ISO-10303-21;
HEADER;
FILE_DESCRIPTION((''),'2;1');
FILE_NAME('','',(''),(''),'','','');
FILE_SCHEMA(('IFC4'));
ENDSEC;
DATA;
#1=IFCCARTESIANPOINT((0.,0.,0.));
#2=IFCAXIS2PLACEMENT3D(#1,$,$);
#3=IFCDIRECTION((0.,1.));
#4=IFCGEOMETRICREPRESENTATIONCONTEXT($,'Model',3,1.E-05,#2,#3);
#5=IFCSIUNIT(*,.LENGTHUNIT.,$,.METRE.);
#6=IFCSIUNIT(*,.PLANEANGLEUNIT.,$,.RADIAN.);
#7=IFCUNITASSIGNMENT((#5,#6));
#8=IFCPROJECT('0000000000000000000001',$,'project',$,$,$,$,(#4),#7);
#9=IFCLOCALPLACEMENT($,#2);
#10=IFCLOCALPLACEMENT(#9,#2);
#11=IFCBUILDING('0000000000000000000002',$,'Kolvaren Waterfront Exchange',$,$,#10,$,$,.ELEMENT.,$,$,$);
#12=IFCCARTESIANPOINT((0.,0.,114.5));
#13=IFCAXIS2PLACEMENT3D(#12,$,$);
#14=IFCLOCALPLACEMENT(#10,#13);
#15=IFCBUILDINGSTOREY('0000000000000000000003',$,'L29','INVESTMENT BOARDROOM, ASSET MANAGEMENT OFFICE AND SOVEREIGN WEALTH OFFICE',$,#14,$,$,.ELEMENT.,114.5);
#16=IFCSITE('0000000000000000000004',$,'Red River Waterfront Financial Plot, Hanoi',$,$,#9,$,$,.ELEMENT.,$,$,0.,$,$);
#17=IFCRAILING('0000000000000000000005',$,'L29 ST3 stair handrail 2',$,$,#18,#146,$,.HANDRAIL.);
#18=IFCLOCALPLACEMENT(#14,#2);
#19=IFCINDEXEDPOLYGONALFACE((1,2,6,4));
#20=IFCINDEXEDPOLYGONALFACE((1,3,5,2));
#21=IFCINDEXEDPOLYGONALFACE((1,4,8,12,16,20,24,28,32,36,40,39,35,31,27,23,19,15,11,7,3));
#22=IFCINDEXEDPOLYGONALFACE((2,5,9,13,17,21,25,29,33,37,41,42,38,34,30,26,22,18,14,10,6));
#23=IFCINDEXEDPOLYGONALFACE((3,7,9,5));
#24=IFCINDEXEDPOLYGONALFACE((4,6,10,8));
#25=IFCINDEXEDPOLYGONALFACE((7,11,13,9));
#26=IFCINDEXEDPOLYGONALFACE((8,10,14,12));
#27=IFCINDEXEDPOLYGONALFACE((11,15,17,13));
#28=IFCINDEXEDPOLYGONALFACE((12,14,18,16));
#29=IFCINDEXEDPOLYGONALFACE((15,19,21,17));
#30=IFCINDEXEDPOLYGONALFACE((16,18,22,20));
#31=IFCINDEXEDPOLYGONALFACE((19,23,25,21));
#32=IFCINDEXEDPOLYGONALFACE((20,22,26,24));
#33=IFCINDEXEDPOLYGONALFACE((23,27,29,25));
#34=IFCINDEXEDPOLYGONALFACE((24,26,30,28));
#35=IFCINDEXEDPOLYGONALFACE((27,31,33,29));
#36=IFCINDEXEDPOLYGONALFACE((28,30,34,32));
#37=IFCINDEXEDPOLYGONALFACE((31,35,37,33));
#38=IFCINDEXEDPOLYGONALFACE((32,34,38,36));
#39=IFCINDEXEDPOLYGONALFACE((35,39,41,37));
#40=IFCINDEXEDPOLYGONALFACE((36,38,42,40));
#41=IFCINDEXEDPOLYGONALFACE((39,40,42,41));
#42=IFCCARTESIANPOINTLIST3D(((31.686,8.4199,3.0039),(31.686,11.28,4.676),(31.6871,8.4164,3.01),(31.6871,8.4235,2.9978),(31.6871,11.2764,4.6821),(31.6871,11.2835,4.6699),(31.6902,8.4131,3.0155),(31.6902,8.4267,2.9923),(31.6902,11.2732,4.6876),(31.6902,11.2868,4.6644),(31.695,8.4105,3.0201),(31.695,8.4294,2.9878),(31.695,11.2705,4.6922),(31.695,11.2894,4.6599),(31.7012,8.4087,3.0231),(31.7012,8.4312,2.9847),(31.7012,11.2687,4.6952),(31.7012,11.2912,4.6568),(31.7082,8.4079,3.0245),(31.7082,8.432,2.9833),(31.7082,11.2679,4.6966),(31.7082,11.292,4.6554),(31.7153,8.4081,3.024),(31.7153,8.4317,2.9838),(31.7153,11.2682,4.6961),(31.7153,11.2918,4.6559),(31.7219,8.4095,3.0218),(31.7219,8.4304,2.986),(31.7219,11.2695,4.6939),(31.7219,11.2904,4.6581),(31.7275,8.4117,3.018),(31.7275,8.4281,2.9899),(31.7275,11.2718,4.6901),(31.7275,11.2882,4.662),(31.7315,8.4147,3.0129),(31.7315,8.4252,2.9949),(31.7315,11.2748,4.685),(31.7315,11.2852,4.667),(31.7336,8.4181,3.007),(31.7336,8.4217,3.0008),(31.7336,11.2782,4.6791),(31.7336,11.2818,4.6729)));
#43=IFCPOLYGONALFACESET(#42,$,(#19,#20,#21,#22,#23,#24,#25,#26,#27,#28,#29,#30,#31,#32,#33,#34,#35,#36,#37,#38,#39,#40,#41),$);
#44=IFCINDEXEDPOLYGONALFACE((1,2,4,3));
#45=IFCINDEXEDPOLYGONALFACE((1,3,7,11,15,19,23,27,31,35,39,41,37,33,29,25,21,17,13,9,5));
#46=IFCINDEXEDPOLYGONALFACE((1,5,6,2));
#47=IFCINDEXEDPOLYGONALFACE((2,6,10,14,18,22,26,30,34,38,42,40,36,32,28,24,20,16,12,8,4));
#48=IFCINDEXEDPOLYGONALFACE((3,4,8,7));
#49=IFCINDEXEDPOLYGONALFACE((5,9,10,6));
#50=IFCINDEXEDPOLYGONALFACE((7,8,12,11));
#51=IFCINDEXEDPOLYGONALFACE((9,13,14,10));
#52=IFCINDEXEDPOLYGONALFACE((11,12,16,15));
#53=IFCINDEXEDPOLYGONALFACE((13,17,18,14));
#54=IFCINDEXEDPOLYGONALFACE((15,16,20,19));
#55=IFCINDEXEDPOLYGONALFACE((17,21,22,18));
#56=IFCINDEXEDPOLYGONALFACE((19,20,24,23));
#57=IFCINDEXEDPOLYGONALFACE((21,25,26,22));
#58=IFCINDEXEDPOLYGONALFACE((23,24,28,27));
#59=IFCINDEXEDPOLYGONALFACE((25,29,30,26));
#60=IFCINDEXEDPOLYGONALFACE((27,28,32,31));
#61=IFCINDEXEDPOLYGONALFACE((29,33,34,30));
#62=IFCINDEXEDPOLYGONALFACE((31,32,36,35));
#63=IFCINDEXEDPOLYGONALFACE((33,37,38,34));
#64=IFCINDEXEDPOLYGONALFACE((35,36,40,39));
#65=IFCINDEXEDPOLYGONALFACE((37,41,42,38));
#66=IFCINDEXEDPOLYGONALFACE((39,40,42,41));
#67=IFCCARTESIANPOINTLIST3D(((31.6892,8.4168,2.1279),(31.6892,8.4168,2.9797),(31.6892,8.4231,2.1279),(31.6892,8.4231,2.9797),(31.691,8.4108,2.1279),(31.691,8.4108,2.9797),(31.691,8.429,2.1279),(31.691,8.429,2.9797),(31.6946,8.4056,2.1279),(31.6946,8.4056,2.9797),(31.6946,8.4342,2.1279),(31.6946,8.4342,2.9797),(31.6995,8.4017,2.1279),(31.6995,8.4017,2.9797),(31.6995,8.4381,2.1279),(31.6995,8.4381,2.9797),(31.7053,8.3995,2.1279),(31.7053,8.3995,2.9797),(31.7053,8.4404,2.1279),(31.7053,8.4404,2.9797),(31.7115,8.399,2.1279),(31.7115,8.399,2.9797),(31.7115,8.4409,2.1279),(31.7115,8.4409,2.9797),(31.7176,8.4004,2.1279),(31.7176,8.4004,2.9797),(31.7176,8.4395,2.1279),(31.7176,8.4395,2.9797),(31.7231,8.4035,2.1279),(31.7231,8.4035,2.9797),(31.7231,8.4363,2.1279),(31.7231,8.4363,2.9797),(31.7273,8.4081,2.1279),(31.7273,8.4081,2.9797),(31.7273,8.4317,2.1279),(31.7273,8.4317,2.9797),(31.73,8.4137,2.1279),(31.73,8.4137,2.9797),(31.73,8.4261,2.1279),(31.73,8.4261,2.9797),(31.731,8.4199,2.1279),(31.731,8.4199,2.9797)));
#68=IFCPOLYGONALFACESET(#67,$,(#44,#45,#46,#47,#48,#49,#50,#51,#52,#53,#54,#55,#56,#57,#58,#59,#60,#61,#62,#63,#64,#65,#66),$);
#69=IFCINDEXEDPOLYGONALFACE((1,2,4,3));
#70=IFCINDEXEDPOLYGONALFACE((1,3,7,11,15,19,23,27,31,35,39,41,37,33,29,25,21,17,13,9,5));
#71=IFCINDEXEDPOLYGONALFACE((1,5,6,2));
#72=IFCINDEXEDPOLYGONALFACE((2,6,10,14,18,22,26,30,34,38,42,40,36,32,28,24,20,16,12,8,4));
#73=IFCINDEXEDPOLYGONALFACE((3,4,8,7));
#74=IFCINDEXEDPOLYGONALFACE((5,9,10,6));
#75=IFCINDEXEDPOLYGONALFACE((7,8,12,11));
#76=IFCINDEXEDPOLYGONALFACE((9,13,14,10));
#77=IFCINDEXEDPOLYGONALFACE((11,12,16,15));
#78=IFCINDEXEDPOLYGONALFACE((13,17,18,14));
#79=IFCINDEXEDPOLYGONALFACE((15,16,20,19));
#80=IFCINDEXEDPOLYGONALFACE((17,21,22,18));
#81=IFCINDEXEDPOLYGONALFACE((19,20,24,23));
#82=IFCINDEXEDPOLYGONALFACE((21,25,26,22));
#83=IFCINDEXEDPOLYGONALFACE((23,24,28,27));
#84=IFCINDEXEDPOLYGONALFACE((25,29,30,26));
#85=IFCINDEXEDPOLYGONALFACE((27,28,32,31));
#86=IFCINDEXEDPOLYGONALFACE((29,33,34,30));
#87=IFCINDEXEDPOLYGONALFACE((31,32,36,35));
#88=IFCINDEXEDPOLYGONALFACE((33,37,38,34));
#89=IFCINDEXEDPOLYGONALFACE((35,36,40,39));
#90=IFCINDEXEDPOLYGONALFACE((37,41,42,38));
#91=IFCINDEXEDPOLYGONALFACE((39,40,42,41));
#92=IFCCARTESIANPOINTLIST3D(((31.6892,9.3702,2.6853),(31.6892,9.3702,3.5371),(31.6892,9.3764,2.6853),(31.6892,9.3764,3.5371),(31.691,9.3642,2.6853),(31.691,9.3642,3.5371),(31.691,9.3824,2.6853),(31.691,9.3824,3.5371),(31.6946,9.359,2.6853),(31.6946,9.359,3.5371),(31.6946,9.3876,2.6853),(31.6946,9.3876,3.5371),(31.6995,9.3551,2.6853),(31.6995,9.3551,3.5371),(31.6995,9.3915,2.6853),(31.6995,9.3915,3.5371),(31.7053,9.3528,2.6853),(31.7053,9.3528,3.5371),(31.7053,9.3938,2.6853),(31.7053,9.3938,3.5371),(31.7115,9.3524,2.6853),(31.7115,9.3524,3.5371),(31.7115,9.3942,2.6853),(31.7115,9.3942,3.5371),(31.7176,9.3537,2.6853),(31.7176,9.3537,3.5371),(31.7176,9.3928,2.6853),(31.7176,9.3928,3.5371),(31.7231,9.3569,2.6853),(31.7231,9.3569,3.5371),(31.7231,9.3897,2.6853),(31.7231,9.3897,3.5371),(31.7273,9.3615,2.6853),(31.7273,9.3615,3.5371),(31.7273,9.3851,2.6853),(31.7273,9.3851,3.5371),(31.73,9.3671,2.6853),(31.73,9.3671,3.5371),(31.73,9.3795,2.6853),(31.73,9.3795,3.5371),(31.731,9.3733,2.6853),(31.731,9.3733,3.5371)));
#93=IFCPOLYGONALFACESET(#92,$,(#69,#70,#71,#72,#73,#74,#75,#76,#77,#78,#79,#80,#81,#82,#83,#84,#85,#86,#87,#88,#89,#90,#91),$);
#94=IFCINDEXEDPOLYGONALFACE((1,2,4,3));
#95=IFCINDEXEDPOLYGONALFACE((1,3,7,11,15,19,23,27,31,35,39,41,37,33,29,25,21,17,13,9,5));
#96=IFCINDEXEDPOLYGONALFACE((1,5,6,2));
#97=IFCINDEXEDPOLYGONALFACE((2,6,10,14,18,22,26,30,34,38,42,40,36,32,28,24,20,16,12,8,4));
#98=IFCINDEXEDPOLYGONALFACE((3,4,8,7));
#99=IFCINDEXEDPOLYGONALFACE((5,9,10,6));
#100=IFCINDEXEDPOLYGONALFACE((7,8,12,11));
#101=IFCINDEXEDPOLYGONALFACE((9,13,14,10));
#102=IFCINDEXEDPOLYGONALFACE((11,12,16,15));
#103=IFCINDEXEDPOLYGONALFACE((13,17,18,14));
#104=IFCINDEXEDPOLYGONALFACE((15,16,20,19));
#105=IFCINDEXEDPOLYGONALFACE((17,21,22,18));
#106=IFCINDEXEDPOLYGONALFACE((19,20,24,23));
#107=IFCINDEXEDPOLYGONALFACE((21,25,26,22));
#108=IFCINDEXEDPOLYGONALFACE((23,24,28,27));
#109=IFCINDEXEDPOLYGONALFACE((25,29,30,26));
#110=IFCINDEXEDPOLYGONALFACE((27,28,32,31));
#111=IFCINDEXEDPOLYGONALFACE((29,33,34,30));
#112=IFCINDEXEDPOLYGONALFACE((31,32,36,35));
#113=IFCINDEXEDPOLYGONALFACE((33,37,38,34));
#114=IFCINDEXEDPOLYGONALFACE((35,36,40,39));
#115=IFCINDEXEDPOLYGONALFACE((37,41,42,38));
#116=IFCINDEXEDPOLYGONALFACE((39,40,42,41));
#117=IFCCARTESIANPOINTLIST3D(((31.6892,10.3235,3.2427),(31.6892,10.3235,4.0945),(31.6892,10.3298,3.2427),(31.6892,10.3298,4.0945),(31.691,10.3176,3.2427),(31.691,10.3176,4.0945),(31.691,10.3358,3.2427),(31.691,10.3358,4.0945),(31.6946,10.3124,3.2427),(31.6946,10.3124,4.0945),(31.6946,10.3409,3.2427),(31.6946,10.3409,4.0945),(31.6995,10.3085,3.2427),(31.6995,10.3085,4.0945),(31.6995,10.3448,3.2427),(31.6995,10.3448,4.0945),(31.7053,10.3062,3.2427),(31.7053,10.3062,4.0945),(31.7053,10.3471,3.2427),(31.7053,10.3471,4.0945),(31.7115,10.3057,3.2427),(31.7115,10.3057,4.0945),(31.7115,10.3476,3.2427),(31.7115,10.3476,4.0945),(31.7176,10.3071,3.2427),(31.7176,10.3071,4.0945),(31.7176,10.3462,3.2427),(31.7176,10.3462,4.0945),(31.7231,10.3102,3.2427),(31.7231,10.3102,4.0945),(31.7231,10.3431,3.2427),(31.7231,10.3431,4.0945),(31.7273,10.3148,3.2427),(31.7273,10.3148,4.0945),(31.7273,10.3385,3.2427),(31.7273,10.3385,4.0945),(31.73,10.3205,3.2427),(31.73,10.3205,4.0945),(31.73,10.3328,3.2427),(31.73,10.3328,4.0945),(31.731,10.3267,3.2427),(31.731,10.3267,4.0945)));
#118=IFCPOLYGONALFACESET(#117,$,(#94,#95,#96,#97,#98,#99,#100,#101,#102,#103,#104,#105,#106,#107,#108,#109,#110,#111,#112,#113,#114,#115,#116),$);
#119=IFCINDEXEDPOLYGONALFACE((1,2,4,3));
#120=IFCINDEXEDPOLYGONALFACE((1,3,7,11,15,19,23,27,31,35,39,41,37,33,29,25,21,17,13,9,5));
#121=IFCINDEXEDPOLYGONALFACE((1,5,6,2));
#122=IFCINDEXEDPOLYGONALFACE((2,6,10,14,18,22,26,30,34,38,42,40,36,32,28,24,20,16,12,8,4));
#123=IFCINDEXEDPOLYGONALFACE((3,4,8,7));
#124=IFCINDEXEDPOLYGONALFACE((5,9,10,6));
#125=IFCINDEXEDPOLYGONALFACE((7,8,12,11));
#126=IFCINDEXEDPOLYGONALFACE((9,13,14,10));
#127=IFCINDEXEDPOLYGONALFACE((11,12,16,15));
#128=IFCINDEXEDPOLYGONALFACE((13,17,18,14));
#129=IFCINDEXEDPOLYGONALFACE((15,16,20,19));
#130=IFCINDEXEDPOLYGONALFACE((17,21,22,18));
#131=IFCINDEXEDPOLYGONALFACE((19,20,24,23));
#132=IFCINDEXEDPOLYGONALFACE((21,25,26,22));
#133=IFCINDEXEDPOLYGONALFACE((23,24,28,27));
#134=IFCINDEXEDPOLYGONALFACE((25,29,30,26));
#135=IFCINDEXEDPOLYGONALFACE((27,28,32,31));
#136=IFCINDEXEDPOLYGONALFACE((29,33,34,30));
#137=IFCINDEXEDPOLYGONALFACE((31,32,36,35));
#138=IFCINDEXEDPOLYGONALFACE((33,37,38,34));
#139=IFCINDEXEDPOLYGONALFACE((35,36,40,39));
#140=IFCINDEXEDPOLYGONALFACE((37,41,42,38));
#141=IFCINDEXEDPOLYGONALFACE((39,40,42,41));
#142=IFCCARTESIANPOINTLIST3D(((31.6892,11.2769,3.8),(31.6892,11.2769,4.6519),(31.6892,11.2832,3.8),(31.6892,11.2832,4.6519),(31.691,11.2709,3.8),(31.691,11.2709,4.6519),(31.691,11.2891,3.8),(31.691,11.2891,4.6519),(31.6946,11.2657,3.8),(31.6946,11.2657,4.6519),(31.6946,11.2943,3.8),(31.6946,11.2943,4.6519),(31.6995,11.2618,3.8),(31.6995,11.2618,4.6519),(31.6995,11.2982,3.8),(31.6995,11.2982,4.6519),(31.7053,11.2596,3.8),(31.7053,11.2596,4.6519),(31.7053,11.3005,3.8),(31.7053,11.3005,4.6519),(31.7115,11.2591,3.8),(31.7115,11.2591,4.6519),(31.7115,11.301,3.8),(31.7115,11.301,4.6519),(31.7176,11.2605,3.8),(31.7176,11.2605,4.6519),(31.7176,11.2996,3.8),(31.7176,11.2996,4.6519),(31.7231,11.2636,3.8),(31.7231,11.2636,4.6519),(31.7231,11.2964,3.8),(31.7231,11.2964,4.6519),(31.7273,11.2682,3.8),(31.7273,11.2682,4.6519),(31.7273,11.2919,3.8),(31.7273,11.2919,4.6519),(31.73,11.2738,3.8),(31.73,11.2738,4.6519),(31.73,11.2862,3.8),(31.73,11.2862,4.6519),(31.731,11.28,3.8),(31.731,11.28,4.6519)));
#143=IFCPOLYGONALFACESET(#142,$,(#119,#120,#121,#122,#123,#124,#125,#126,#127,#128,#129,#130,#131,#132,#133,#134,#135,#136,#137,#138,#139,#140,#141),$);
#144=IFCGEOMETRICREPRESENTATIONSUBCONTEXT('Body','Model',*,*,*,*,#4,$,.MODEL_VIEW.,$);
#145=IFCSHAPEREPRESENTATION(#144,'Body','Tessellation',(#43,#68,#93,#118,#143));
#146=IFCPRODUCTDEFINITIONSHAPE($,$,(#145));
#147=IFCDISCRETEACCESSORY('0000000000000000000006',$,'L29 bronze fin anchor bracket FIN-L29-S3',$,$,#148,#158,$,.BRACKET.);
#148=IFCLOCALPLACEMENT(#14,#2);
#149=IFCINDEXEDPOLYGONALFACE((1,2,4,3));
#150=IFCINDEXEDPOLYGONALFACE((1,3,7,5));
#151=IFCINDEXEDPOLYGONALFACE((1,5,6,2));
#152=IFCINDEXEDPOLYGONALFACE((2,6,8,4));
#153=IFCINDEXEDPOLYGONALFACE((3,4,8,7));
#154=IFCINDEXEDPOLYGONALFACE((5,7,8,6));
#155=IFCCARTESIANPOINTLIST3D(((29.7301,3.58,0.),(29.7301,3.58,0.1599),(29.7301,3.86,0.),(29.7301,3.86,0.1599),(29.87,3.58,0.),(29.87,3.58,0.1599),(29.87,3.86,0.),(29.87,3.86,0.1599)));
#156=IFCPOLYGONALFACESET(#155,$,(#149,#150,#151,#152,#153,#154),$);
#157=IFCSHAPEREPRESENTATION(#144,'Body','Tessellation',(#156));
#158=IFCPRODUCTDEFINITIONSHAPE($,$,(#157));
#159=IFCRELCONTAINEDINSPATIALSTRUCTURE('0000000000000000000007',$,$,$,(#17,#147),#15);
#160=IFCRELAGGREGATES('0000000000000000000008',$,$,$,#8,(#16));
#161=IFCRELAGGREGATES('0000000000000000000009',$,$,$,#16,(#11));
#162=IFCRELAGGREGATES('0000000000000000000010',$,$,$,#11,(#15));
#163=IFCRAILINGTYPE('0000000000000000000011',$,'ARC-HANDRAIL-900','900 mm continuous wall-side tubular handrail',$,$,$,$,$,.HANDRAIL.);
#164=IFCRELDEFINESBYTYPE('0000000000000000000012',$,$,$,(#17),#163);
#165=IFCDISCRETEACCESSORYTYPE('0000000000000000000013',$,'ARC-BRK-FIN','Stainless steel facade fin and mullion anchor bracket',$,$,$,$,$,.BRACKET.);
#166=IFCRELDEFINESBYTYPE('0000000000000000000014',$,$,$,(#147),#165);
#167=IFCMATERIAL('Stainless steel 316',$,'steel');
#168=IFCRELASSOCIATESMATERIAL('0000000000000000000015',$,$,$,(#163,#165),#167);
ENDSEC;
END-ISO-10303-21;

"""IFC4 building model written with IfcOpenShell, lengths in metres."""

from ifc_helpers import new_model, si_unit, direction, frame, origin, origin_with_axes, origin_2d, place, context, subcontext, project, spatial, rectangle, circle, extrude, source, transform, mapped, material, type_object, element, save


model = new_model("IFC4")

# Units and contexts
model_context = context("Model", 3, precision=1e-05, world=origin(), true_north=direction((0.0, 1.0)))
body_context = subcontext(model_context, "Body", "Model", "MODEL_VIEW")
ifc_project = project(units=[si_unit("LENGTHUNIT", "METRE"), si_unit("PLANEANGLEUNIT", "RADIAN")], contexts=[model_context])

# Site, building, storey
site_placement = place(None, origin())
site = spatial("IfcSite", under=ifc_project, at=site_placement, Name="Red River Waterfront Financial Plot, Hanoi", CompositionType="ELEMENT", RefElevation=0.0)
building_placement = place(site_placement, origin())
building = spatial("IfcBuilding", under=site, at=building_placement, Name="Kolvaren Waterfront Exchange", CompositionType="ELEMENT")
storey_placement = place(building_placement, frame((0.0, 0.0, 114.5)))
storey = spatial("IfcBuildingStorey", under=building, at=storey_placement, Name="L29", Description="INVESTMENT BOARDROOM, ASSET MANAGEMENT OFFICE AND SOVEREIGN WEALTH OFFICE", CompositionType="ELEMENT", Elevation=114.5)

# Railing
ifc_material_1 = material(Name="Stainless steel 316", Category="steel")
railing_type_1 = type_object("IfcRailingType", Name="ARC-HANDRAIL-900", Description="900 mm continuous wall-side tubular handrail", PredefinedType="HANDRAIL", material=ifc_material_1)
railing_1_placement = place(storey_placement, frame((31.71, 8.4199, 2.1279)))
element("IfcRailing", 1, at=railing_1_placement, inside=storey, type_object=railing_type_1, Name="L29 ST3 stair handrail 2", PredefinedType="HANDRAIL", context=body_context, shape_type="SweptSolid", body=[
    extrude(circle(Radius=0.0239, at=origin_2d()), frame((0.0, 0.0, 0.876), z_axis=(0.0, 0.863289, 0.504709), x_axis=(-1.0, 0.0, 0.0)), (0.0, 0.0, 1.0), 3.313),
    extrude(circle(Radius=0.021, at=origin_2d()), origin(), (0.0, 0.0, 1.0), 0.8518),
    extrude(circle(Radius=0.021, at=origin_2d()), frame((0.0, 0.9534, 0.5574)), (0.0, 0.0, 1.0), 0.8518),
    extrude(circle(Radius=0.021, at=origin_2d()), frame((0.0, 1.9067, 1.1147)), (0.0, 0.0, 1.0), 0.8518),
    extrude(circle(Radius=0.021, at=origin_2d()), frame((0.0, 2.8601, 1.6721)), (0.0, 0.0, 1.0), 0.8518),
])

# Discrete accessory
discrete_accessory_type = type_object("IfcDiscreteAccessoryType", Name="ARC-BRK-FIN", Description="Stainless steel facade fin and mullion anchor bracket", PredefinedType="BRACKET", material=ifc_material_1)
shared_shape_1 = source(origin_with_axes(), body_context, "Body", "SweptSolid", [
    extrude(rectangle(XDim=0.28, YDim=0.1399, at=origin_2d()), origin(), (0.0, 0.0, 1.0), 0.1599),
])
discrete_accessory_placement = place(storey_placement, frame((29.8, 3.72, 0.0), z_axis=(0.0, 0.0, 1.0), x_axis=(0.0, -1.0, 0.0)))
element("IfcDiscreteAccessory", 2, at=discrete_accessory_placement, inside=storey, type_object=discrete_accessory_type, Name="L29 bronze fin anchor bracket FIN-L29-S3", PredefinedType="BRACKET", context=body_context, shape_type="MappedRepresentation", body=[
    mapped(shared_shape_1, transform((0.0, 0.0, 0.0), x_axis=(1.0, 0.0, 0.0), y_axis=(0.0, 1.0, 0.0), z_axis=(0.0, 0.0, 1.0), scale=1.0)),
])

save(model, "model.ifc")
